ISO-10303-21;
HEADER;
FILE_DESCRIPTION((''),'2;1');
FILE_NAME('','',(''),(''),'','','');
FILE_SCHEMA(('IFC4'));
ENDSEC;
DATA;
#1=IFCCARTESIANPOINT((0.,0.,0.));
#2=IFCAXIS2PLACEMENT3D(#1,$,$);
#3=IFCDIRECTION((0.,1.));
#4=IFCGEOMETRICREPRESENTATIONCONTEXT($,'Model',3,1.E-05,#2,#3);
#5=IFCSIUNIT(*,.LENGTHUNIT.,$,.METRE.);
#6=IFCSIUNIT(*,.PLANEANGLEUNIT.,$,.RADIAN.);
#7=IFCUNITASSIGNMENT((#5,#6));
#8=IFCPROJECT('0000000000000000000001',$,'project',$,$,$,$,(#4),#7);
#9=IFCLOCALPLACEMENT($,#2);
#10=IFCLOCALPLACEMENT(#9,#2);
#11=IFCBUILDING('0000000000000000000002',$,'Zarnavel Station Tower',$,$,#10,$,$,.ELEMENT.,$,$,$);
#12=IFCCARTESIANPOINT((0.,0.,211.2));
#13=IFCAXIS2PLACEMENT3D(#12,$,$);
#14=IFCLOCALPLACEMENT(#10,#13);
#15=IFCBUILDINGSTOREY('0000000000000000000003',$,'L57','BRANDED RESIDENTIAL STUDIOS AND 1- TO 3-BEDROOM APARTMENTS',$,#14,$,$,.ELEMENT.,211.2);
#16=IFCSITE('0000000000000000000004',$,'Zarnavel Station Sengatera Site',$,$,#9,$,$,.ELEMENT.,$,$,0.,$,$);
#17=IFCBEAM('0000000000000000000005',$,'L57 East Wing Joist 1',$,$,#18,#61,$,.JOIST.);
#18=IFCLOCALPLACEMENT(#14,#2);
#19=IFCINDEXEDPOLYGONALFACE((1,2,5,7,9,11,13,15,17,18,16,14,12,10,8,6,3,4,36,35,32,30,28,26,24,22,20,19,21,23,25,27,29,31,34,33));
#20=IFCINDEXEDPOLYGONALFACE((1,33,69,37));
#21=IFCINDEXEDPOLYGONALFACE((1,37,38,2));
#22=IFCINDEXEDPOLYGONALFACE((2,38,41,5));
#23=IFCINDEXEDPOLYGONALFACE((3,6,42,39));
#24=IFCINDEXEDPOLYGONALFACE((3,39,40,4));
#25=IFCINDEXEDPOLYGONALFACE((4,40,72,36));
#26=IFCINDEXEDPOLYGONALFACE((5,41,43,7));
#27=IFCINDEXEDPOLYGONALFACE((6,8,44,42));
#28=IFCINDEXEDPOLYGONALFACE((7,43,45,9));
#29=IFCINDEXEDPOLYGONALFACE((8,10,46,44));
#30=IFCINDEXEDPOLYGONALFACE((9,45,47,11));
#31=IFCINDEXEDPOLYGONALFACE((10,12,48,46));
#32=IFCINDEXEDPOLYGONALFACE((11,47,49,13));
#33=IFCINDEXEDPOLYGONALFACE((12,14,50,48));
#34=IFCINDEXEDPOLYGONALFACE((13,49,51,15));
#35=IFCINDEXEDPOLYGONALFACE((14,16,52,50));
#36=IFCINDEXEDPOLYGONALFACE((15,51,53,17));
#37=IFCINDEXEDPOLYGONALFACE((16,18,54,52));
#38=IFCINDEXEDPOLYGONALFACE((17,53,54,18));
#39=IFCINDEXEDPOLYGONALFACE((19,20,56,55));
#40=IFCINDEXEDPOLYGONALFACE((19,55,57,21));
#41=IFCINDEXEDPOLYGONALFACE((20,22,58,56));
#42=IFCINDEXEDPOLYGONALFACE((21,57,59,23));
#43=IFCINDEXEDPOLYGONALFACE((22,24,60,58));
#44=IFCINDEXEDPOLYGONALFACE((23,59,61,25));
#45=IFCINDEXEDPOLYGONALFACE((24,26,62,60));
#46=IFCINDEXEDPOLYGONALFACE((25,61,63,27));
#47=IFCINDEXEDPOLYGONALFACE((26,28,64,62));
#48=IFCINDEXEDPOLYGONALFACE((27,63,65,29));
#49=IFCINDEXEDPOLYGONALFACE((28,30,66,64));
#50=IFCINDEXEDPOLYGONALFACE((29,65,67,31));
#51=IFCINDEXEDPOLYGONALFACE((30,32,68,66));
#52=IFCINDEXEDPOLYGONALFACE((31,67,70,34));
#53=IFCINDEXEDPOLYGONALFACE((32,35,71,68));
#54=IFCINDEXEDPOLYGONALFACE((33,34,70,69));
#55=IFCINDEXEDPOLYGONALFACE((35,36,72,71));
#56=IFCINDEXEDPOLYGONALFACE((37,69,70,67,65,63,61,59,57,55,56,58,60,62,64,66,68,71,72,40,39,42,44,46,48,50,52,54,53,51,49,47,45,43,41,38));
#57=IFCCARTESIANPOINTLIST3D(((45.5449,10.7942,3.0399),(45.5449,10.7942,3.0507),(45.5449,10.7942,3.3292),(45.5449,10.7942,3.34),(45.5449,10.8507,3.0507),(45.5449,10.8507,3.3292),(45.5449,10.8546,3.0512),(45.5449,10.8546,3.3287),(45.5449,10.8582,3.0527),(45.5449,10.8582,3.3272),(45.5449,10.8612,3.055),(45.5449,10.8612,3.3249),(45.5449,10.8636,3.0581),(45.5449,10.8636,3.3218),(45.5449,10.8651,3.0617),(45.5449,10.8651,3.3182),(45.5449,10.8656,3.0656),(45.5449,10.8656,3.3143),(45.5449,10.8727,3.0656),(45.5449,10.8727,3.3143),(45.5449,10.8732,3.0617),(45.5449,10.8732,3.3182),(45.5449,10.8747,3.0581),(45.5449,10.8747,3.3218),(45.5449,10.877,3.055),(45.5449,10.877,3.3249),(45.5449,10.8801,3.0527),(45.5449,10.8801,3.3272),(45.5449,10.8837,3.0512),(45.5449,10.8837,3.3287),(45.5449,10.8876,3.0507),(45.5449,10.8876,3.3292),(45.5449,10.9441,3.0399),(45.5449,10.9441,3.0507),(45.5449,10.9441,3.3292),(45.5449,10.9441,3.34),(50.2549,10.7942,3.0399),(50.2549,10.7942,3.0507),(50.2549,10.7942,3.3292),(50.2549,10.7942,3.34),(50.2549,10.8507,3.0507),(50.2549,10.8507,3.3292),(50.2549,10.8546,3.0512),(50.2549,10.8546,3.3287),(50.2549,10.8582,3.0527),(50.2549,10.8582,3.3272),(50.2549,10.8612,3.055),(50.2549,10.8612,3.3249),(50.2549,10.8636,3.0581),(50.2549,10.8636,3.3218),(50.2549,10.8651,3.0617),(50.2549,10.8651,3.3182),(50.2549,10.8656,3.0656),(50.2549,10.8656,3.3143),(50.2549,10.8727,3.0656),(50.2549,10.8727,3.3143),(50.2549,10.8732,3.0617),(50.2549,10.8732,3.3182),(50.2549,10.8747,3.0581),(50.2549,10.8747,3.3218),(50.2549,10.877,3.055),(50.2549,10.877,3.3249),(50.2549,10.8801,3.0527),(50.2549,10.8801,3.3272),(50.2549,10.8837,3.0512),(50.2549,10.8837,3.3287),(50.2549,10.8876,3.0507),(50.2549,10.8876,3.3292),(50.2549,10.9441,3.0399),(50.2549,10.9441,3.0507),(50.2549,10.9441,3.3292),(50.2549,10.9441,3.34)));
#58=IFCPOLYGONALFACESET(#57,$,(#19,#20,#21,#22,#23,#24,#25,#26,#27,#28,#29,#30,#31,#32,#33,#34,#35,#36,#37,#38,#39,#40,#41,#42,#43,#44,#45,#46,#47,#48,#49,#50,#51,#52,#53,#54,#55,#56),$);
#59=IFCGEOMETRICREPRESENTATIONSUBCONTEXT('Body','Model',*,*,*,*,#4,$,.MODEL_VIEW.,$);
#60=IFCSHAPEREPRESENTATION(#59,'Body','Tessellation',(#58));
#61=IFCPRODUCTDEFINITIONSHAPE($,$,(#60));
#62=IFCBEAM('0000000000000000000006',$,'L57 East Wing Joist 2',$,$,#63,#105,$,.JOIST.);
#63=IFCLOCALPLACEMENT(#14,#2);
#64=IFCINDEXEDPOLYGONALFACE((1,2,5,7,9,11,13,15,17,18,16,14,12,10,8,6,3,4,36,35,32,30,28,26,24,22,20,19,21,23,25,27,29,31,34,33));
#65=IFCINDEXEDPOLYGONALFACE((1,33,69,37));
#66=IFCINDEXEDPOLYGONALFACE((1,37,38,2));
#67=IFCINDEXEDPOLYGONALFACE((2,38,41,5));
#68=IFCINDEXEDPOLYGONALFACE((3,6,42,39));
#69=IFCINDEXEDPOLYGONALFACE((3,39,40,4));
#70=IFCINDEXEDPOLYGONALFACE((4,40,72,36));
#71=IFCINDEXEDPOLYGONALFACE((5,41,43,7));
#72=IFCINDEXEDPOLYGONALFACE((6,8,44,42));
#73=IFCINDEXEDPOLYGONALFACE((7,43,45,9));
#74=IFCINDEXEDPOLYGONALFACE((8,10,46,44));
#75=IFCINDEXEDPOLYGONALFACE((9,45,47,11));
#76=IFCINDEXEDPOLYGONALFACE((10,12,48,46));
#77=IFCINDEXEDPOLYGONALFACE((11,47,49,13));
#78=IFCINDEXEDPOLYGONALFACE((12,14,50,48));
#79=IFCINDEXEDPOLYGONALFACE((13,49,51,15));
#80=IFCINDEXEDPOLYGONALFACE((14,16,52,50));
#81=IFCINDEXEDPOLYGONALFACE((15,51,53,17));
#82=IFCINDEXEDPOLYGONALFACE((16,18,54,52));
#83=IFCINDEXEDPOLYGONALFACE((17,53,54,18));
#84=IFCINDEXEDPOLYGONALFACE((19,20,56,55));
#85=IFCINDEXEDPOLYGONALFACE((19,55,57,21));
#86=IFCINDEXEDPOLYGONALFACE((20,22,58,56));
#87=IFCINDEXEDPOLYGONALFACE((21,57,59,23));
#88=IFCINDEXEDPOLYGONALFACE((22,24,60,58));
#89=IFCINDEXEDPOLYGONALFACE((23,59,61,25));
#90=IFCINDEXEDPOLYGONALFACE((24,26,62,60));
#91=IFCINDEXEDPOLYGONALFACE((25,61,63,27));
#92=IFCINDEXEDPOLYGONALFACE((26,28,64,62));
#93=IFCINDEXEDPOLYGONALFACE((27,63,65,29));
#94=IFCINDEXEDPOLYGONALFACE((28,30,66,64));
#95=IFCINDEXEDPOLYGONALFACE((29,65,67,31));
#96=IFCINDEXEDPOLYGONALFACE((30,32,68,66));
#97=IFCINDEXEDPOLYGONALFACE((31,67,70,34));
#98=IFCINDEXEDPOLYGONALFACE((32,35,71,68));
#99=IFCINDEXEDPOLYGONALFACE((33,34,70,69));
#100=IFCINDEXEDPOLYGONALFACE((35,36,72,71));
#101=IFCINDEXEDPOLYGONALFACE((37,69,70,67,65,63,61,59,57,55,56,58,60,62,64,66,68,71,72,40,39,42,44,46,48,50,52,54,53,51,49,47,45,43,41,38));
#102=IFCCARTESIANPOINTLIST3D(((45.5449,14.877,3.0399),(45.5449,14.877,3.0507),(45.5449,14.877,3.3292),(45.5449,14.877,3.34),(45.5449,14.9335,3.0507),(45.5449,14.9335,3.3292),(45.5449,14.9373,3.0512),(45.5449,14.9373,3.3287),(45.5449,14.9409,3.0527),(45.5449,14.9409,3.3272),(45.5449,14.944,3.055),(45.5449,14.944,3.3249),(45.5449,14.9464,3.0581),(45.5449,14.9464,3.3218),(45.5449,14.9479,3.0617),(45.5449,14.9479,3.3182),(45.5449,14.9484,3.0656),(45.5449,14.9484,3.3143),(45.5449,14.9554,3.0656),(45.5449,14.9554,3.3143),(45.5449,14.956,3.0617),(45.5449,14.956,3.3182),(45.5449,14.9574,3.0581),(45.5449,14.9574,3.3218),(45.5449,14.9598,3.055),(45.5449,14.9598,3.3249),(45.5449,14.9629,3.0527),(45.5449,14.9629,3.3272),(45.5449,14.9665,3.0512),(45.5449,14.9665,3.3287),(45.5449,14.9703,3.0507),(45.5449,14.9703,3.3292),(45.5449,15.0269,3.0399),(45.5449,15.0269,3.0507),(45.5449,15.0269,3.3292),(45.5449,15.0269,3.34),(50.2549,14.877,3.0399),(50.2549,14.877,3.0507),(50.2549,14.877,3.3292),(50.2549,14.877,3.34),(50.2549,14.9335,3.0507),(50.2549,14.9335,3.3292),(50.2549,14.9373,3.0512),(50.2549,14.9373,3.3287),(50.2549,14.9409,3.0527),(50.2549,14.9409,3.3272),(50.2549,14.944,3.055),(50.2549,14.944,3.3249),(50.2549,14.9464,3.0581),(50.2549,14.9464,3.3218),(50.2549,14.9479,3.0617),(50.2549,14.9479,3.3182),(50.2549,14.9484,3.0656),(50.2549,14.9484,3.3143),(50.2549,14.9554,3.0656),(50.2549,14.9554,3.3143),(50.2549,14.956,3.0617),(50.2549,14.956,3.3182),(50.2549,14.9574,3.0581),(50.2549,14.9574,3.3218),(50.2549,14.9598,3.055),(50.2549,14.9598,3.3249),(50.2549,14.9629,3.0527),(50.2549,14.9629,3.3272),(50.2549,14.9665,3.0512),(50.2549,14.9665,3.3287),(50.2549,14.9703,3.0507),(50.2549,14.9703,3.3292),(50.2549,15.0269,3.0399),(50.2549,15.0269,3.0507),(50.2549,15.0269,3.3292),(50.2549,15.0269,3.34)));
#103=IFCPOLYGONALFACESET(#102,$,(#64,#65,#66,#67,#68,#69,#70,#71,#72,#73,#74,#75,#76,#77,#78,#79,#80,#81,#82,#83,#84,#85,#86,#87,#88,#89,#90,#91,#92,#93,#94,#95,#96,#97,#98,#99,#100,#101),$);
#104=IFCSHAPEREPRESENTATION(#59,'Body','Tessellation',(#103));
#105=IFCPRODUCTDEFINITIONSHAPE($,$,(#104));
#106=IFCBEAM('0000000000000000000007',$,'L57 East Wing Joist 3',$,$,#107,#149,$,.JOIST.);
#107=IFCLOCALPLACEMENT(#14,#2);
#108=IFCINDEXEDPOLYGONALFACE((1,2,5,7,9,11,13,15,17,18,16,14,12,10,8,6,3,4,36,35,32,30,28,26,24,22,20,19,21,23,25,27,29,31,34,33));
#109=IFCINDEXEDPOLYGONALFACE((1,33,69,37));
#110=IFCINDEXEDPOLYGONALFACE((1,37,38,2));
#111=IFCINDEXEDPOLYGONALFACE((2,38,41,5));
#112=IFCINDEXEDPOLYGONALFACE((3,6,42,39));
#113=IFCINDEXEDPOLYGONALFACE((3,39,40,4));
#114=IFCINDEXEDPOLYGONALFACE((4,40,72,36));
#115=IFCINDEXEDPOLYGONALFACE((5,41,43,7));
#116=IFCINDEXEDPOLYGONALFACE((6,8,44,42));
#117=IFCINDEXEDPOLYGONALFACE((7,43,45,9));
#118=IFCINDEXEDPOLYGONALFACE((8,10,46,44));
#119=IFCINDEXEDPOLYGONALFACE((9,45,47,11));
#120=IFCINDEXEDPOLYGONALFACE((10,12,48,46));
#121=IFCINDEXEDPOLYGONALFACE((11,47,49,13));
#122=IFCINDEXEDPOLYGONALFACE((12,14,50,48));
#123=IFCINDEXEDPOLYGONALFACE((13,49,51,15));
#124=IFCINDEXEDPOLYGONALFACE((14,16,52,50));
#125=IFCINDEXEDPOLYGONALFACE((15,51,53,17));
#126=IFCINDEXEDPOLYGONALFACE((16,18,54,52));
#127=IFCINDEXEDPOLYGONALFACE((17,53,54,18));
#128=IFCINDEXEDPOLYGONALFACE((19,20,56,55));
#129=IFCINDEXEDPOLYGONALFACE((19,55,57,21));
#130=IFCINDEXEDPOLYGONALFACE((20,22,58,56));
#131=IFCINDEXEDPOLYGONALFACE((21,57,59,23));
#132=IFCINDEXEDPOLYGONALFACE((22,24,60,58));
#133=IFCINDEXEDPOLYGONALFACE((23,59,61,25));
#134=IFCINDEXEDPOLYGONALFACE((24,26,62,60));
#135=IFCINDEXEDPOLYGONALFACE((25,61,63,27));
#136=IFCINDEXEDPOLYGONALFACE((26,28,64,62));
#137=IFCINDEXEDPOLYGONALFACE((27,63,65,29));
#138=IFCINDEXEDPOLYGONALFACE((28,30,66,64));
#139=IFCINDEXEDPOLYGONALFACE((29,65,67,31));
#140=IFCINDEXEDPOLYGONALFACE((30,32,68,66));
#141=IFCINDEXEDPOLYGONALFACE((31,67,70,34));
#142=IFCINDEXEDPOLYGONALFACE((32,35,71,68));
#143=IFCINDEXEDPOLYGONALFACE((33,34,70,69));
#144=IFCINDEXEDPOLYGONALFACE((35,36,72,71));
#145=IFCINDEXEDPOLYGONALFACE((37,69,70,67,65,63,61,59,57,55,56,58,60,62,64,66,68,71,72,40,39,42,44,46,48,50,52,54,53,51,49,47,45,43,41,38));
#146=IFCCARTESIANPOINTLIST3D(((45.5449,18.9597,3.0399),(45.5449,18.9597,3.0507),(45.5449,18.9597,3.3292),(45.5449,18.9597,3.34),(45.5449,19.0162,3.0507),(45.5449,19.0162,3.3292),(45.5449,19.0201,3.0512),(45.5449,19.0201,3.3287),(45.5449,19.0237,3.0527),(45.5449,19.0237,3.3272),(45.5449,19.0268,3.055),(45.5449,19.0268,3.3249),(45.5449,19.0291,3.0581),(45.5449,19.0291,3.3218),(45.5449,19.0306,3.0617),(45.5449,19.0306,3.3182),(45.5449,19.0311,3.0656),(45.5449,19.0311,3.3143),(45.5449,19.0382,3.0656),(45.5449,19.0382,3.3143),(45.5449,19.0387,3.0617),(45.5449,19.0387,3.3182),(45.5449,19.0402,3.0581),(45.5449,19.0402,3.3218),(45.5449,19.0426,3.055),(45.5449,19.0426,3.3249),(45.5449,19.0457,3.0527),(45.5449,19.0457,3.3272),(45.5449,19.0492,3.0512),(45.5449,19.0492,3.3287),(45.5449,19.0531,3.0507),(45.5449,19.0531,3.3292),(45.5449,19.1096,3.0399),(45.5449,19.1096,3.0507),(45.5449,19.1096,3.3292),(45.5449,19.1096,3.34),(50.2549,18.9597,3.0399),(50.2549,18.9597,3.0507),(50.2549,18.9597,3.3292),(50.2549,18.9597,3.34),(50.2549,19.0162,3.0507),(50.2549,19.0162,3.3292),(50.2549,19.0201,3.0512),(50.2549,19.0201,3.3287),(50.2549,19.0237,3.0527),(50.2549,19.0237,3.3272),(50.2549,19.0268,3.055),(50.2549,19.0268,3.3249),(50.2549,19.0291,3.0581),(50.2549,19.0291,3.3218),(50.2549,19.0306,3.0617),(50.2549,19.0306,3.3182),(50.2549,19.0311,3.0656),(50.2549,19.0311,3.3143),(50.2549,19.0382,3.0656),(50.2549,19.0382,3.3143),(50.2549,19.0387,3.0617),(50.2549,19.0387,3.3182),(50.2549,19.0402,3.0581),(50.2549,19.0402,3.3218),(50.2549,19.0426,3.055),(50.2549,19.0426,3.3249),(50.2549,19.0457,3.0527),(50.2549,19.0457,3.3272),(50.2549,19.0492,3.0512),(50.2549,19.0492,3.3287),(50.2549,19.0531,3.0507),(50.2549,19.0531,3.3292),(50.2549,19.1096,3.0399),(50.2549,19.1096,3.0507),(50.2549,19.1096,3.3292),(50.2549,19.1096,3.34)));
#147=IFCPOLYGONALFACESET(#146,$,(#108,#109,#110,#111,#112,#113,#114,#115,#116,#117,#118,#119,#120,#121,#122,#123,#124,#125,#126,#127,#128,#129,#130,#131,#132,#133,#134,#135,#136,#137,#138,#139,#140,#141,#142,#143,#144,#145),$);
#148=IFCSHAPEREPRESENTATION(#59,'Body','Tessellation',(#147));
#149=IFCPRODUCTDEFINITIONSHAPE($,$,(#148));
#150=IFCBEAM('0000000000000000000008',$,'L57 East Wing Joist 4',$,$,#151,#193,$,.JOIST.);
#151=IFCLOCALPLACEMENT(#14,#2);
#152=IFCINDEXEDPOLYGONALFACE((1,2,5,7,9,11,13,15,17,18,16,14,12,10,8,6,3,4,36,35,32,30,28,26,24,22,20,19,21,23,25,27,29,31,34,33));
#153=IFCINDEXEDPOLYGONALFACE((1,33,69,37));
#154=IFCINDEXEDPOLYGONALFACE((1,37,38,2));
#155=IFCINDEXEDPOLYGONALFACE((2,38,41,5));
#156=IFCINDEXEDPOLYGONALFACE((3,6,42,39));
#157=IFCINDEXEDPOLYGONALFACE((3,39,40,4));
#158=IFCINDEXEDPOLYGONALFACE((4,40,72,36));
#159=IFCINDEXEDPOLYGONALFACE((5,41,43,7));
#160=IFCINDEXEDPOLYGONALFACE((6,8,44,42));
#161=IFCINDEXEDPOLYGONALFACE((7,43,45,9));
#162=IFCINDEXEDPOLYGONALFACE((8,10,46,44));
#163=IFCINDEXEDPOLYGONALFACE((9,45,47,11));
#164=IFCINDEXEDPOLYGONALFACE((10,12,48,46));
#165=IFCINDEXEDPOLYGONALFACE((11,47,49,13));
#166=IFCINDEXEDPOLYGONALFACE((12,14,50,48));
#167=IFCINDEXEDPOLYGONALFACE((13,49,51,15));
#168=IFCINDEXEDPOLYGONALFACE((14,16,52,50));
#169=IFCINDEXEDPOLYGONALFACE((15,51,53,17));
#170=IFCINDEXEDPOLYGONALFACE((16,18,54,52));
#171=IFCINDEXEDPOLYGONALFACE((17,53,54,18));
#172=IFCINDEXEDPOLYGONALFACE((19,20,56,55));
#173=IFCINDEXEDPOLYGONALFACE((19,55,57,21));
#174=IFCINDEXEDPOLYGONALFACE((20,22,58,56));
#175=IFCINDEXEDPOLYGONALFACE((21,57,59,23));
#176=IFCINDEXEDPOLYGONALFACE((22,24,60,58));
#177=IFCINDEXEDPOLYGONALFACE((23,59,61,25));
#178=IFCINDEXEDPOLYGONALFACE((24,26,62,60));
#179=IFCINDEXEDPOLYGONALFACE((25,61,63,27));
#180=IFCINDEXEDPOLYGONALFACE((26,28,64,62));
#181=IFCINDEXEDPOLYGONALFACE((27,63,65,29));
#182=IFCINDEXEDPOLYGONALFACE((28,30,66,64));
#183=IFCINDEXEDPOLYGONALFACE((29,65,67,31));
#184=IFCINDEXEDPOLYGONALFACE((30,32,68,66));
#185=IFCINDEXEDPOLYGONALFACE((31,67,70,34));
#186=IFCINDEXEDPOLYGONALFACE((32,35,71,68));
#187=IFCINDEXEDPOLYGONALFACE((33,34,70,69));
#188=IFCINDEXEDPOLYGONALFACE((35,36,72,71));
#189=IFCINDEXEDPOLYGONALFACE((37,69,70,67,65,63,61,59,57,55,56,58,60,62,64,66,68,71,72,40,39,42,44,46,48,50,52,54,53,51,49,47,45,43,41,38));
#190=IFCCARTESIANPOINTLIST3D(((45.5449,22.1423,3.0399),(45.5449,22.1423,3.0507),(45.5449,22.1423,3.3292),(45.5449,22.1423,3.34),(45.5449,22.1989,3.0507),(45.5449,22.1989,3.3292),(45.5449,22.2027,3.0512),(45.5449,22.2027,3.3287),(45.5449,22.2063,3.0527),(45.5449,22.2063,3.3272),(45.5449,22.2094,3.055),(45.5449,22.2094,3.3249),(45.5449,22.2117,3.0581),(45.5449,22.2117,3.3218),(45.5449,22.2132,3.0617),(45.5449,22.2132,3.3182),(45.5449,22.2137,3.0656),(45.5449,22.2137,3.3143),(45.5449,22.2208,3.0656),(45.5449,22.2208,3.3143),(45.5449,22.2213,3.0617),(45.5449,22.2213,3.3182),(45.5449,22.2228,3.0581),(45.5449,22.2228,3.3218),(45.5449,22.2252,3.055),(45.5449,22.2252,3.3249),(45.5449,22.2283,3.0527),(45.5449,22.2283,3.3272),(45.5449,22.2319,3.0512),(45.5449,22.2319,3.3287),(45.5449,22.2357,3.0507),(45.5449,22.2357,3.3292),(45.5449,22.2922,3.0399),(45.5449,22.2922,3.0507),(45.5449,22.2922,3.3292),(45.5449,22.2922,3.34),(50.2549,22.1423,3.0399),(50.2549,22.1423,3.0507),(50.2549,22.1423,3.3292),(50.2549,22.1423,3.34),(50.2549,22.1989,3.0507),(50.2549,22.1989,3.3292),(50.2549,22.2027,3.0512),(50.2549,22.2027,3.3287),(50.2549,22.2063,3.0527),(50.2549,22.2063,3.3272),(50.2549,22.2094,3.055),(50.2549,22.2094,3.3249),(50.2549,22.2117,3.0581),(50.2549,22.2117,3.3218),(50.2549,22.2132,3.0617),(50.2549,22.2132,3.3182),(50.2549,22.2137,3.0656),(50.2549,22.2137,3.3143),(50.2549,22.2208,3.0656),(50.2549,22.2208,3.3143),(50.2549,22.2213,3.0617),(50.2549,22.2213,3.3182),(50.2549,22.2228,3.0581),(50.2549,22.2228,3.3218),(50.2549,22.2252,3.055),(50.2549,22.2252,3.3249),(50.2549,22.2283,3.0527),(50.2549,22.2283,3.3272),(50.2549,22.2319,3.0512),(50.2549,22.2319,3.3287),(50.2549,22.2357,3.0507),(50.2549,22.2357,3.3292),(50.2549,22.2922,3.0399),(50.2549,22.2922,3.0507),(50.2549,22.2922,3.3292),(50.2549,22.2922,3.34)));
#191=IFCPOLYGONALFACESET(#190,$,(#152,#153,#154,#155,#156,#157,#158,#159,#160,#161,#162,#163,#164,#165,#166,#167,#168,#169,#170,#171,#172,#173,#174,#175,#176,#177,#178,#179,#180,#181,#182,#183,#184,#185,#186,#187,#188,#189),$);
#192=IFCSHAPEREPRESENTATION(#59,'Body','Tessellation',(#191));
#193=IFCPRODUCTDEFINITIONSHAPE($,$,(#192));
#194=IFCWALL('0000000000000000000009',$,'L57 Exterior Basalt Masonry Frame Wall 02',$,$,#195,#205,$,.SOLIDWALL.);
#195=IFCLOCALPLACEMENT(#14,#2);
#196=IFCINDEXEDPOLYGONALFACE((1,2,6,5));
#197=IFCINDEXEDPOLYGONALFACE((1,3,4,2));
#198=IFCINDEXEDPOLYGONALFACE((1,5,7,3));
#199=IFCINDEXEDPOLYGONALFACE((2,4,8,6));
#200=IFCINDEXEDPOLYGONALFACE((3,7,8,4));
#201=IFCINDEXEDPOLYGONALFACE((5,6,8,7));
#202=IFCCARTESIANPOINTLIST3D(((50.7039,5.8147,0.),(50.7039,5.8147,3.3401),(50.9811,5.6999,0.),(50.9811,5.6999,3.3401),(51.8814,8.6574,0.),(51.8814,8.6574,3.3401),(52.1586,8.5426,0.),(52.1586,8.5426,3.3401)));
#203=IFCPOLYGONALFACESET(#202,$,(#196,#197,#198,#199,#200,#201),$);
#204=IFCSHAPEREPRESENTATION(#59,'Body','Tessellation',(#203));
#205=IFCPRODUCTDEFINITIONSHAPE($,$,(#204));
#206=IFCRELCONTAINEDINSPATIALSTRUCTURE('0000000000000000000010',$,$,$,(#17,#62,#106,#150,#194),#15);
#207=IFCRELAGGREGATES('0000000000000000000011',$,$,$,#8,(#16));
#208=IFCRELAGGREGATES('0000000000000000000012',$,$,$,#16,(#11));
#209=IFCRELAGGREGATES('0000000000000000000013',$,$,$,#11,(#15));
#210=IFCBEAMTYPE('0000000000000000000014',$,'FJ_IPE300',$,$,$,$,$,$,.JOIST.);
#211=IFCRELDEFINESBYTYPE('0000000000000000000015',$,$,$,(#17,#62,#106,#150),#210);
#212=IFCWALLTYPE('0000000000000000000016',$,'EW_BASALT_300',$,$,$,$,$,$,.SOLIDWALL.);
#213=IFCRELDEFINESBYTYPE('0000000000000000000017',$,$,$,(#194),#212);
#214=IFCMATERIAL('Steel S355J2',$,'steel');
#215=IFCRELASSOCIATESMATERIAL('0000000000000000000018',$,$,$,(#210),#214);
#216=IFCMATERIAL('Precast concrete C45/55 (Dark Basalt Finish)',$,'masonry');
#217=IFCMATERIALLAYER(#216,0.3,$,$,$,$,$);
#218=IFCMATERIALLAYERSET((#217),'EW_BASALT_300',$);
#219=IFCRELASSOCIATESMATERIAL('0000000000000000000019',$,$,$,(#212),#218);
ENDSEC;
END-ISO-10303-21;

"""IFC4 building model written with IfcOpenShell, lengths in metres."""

from ifc_helpers import new_model, si_unit, direction, frame, frame_2d, origin, origin_2d, place, context, subcontext, project, spatial, rectangle, i_section, extrude, material, layer, layer_set, material_profile, profile_set, type_object, element, save


model = new_model("IFC4")

# Units and contexts
model_context = context("Model", 3, precision=1e-05, world=origin(), true_north=direction((0.0, 1.0)))
body_context = subcontext(model_context, "Body", "Model", "MODEL_VIEW")
ifc_project = project(units=[si_unit("LENGTHUNIT", "METRE"), si_unit("PLANEANGLEUNIT", "RADIAN")], contexts=[model_context])

# Site, building, storey
site_placement = place(None, origin())
site = spatial("IfcSite", under=ifc_project, at=site_placement, Name="Zarnavel Station Sengatera Site", CompositionType="ELEMENT", RefElevation=0.0)
building_placement = place(site_placement, origin())
building = spatial("IfcBuilding", under=site, at=building_placement, Name="Zarnavel Station Tower", CompositionType="ELEMENT")
storey_placement = place(building_placement, frame((0.0, 0.0, 211.2)))
storey = spatial("IfcBuildingStorey", under=building, at=storey_placement, Name="L57", Description="BRANDED RESIDENTIAL STUDIOS AND 1- TO 3-BEDROOM APARTMENTS", CompositionType="ELEMENT", Elevation=211.2)

# Beams
ifc_material_1 = material(Name="Steel S355J2", Category="steel")
ifc_material_profile_1 = material_profile(ifc_material_1, i_section(OverallWidth=0.1499, OverallDepth=0.3, WebThickness=0.0071, FlangeThickness=0.0107, FilletRadius=0.0149, at=origin_2d()), Name="IPE300")
ifc_profile_set_1 = profile_set([ifc_material_profile_1], Name="Steel S355J2")
beam_type_1 = type_object("IfcBeamType", Name="FJ_IPE300", PredefinedType="JOIST", material=ifc_profile_set_1)
for number, where, z_axis, x_axis, name in (
    (1, (45.5449, 10.8691, 3.1899), (1.0, 0.0, 0.0), (0.0, 1.0, 0.0), "L57 East Wing Joist 1"),
    (2, (45.5449, 14.9519, 3.1899), (1.0, 0.0, 0.0), (0.0, 1.0, 0.0), "L57 East Wing Joist 2"),
    (3, (45.5449, 19.0347, 3.1899), (1.0, 0.0, 0.0), (0.0, 1.0, 0.0), "L57 East Wing Joist 3"),
    (4, (45.5449, 22.2173, 3.1899), (1.0, 0.0, 0.0), (0.0, 1.0, 0.0), "L57 East Wing Joist 4"),
):
    element("IfcBeam", number, at=place(storey_placement, frame(where, z_axis=z_axis, x_axis=x_axis)), inside=storey, type_object=beam_type_1, Name=name, PredefinedType="JOIST", context=body_context, shape_type="SweptSolid", body=[
        extrude(i_section(OverallWidth=0.1499, OverallDepth=0.3, WebThickness=0.0071, FlangeThickness=0.0107, FilletRadius=0.0149, at=origin_2d()), origin(), (0.0, 0.0, 1.0), 4.71),
    ])

# Wall
ifc_material_2 = material(Name="Precast concrete C45/55 (Dark Basalt Finish)", Category="masonry")
ifc_layer_1 = layer(ifc_material_2, 0.3)
ifc_layer_set_1 = layer_set([ifc_layer_1], Name="EW_BASALT_300")
wall_type_1 = type_object("IfcWallType", Name="EW_BASALT_300", PredefinedType="SOLIDWALL", material=ifc_layer_set_1)
wall_1_placement = place(storey_placement, frame((52.02, 8.6001, 0.0), z_axis=(0.0, 0.0, 1.0), x_axis=(-0.382676, -0.923882, 0.0)))
element("IfcWall", 5, at=wall_1_placement, inside=storey, type_object=wall_type_1, Name="L57 Exterior Basalt Masonry Frame Wall 02", PredefinedType="SOLIDWALL", context=body_context, shape_type="SweptSolid", body=[
    extrude(rectangle(XDim=3.0769, YDim=0.3, at=frame_2d((1.5386, 0.0))), origin(), (0.0, 0.0, 1.0), 3.3401),
])

save(model, "model.ifc")
